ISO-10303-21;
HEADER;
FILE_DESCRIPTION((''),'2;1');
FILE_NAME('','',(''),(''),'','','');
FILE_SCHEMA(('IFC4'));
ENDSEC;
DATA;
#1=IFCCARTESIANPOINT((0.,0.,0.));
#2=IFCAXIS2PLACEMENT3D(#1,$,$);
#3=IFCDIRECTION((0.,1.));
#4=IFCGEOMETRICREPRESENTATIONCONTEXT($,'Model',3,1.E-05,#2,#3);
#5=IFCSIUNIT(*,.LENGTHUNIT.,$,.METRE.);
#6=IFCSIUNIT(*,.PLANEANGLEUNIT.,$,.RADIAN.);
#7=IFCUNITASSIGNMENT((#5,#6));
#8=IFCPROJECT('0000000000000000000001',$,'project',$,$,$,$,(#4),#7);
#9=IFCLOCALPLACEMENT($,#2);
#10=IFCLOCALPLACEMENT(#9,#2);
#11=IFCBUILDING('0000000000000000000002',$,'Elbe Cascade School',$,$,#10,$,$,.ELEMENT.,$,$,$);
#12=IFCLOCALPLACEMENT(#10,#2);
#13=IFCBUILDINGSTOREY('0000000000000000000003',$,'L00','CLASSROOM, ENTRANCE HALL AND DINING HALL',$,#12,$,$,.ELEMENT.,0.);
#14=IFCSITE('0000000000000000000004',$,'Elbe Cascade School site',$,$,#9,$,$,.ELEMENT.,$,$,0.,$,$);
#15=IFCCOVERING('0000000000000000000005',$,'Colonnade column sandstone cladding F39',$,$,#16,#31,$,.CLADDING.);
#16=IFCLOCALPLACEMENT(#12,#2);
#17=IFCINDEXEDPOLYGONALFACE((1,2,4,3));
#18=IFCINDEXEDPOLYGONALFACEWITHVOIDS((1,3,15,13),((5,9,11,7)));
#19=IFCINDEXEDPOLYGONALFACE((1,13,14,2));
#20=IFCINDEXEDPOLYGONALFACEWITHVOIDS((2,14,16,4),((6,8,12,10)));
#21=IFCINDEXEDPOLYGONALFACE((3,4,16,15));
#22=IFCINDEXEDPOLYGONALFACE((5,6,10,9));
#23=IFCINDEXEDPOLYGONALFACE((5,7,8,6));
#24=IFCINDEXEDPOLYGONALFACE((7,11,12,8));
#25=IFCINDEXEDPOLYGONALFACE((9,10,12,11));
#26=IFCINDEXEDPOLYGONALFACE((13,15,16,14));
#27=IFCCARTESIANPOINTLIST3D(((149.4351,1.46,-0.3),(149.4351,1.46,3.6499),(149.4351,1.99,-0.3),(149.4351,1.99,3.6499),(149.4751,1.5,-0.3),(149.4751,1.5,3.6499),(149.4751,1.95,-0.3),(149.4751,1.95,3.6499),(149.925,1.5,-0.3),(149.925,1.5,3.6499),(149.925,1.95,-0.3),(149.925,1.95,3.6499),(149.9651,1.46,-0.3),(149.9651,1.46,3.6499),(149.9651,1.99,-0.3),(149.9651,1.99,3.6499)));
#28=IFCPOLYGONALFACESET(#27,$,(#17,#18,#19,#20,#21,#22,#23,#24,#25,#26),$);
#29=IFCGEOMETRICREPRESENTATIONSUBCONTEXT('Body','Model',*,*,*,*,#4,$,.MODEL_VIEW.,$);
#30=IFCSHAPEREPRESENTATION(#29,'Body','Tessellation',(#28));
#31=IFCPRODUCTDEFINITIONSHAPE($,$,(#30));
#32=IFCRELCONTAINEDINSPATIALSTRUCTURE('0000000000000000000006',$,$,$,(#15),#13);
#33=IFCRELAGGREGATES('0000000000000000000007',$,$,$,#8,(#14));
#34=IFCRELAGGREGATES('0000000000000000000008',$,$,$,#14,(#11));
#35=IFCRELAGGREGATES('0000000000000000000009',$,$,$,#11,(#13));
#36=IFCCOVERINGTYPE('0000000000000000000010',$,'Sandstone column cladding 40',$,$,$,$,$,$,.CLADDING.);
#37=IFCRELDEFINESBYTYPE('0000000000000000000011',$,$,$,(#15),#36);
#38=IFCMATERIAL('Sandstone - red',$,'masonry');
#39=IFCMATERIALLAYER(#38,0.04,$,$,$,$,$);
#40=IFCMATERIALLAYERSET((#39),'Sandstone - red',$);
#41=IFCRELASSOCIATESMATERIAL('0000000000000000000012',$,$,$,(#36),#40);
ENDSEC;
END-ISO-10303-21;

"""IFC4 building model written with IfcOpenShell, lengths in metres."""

from ifc_helpers import new_model, si_unit, direction, frame, origin, place, context, subcontext, project, spatial, polyline, outline, extrude, material, layer, layer_set, type_object, element, save


model = new_model("IFC4")

# Units and contexts
model_context = context("Model", 3, precision=1e-05, world=origin(), true_north=direction((0.0, 1.0)))
body_context = subcontext(model_context, "Body", "Model", "MODEL_VIEW")
ifc_project = project(units=[si_unit("LENGTHUNIT", "METRE"), si_unit("PLANEANGLEUNIT", "RADIAN")], contexts=[model_context])

# Site, building, storey
site_placement = place(None, origin())
site = spatial("IfcSite", under=ifc_project, at=site_placement, Name="Elbe Cascade School site", CompositionType="ELEMENT", RefElevation=0.0)
building_placement = place(site_placement, origin())
building = spatial("IfcBuilding", under=site, at=building_placement, Name="Elbe Cascade School", CompositionType="ELEMENT")
storey_placement = place(building_placement, origin())
storey = spatial("IfcBuildingStorey", under=building, at=storey_placement, Name="L00", Description="CLASSROOM, ENTRANCE HALL AND DINING HALL", CompositionType="ELEMENT", Elevation=0.0)

# Covering
ifc_material = material(Name="Sandstone - red", Category="masonry")
ifc_layer = layer(ifc_material, 0.04)
ifc_layer_set = layer_set([ifc_layer], Name="Sandstone - red")
covering_type = type_object("IfcCoveringType", Name="Sandstone column cladding 40", PredefinedType="CLADDING", material=ifc_layer_set)
covering_1_placement = place(storey_placement, frame((0.0, 0.0, -0.3)))
element("IfcCovering", 1, at=covering_1_placement, inside=storey, type_object=covering_type, Name="Colonnade column sandstone cladding F39", PredefinedType="CLADDING", context=body_context, shape_type="SweptSolid", body=[
    extrude(outline(polyline([(149.4351, 1.46), (149.9651, 1.46), (149.9651, 1.99), (149.4351, 1.99), (149.4351, 1.46)]), holes=[polyline([(149.4751, 1.95), (149.925, 1.95), (149.925, 1.5), (149.4751, 1.5), (149.4751, 1.95)])]), origin(), (0.0, 0.0, 1.0), 3.95),
])

save(model, "model.ifc")
